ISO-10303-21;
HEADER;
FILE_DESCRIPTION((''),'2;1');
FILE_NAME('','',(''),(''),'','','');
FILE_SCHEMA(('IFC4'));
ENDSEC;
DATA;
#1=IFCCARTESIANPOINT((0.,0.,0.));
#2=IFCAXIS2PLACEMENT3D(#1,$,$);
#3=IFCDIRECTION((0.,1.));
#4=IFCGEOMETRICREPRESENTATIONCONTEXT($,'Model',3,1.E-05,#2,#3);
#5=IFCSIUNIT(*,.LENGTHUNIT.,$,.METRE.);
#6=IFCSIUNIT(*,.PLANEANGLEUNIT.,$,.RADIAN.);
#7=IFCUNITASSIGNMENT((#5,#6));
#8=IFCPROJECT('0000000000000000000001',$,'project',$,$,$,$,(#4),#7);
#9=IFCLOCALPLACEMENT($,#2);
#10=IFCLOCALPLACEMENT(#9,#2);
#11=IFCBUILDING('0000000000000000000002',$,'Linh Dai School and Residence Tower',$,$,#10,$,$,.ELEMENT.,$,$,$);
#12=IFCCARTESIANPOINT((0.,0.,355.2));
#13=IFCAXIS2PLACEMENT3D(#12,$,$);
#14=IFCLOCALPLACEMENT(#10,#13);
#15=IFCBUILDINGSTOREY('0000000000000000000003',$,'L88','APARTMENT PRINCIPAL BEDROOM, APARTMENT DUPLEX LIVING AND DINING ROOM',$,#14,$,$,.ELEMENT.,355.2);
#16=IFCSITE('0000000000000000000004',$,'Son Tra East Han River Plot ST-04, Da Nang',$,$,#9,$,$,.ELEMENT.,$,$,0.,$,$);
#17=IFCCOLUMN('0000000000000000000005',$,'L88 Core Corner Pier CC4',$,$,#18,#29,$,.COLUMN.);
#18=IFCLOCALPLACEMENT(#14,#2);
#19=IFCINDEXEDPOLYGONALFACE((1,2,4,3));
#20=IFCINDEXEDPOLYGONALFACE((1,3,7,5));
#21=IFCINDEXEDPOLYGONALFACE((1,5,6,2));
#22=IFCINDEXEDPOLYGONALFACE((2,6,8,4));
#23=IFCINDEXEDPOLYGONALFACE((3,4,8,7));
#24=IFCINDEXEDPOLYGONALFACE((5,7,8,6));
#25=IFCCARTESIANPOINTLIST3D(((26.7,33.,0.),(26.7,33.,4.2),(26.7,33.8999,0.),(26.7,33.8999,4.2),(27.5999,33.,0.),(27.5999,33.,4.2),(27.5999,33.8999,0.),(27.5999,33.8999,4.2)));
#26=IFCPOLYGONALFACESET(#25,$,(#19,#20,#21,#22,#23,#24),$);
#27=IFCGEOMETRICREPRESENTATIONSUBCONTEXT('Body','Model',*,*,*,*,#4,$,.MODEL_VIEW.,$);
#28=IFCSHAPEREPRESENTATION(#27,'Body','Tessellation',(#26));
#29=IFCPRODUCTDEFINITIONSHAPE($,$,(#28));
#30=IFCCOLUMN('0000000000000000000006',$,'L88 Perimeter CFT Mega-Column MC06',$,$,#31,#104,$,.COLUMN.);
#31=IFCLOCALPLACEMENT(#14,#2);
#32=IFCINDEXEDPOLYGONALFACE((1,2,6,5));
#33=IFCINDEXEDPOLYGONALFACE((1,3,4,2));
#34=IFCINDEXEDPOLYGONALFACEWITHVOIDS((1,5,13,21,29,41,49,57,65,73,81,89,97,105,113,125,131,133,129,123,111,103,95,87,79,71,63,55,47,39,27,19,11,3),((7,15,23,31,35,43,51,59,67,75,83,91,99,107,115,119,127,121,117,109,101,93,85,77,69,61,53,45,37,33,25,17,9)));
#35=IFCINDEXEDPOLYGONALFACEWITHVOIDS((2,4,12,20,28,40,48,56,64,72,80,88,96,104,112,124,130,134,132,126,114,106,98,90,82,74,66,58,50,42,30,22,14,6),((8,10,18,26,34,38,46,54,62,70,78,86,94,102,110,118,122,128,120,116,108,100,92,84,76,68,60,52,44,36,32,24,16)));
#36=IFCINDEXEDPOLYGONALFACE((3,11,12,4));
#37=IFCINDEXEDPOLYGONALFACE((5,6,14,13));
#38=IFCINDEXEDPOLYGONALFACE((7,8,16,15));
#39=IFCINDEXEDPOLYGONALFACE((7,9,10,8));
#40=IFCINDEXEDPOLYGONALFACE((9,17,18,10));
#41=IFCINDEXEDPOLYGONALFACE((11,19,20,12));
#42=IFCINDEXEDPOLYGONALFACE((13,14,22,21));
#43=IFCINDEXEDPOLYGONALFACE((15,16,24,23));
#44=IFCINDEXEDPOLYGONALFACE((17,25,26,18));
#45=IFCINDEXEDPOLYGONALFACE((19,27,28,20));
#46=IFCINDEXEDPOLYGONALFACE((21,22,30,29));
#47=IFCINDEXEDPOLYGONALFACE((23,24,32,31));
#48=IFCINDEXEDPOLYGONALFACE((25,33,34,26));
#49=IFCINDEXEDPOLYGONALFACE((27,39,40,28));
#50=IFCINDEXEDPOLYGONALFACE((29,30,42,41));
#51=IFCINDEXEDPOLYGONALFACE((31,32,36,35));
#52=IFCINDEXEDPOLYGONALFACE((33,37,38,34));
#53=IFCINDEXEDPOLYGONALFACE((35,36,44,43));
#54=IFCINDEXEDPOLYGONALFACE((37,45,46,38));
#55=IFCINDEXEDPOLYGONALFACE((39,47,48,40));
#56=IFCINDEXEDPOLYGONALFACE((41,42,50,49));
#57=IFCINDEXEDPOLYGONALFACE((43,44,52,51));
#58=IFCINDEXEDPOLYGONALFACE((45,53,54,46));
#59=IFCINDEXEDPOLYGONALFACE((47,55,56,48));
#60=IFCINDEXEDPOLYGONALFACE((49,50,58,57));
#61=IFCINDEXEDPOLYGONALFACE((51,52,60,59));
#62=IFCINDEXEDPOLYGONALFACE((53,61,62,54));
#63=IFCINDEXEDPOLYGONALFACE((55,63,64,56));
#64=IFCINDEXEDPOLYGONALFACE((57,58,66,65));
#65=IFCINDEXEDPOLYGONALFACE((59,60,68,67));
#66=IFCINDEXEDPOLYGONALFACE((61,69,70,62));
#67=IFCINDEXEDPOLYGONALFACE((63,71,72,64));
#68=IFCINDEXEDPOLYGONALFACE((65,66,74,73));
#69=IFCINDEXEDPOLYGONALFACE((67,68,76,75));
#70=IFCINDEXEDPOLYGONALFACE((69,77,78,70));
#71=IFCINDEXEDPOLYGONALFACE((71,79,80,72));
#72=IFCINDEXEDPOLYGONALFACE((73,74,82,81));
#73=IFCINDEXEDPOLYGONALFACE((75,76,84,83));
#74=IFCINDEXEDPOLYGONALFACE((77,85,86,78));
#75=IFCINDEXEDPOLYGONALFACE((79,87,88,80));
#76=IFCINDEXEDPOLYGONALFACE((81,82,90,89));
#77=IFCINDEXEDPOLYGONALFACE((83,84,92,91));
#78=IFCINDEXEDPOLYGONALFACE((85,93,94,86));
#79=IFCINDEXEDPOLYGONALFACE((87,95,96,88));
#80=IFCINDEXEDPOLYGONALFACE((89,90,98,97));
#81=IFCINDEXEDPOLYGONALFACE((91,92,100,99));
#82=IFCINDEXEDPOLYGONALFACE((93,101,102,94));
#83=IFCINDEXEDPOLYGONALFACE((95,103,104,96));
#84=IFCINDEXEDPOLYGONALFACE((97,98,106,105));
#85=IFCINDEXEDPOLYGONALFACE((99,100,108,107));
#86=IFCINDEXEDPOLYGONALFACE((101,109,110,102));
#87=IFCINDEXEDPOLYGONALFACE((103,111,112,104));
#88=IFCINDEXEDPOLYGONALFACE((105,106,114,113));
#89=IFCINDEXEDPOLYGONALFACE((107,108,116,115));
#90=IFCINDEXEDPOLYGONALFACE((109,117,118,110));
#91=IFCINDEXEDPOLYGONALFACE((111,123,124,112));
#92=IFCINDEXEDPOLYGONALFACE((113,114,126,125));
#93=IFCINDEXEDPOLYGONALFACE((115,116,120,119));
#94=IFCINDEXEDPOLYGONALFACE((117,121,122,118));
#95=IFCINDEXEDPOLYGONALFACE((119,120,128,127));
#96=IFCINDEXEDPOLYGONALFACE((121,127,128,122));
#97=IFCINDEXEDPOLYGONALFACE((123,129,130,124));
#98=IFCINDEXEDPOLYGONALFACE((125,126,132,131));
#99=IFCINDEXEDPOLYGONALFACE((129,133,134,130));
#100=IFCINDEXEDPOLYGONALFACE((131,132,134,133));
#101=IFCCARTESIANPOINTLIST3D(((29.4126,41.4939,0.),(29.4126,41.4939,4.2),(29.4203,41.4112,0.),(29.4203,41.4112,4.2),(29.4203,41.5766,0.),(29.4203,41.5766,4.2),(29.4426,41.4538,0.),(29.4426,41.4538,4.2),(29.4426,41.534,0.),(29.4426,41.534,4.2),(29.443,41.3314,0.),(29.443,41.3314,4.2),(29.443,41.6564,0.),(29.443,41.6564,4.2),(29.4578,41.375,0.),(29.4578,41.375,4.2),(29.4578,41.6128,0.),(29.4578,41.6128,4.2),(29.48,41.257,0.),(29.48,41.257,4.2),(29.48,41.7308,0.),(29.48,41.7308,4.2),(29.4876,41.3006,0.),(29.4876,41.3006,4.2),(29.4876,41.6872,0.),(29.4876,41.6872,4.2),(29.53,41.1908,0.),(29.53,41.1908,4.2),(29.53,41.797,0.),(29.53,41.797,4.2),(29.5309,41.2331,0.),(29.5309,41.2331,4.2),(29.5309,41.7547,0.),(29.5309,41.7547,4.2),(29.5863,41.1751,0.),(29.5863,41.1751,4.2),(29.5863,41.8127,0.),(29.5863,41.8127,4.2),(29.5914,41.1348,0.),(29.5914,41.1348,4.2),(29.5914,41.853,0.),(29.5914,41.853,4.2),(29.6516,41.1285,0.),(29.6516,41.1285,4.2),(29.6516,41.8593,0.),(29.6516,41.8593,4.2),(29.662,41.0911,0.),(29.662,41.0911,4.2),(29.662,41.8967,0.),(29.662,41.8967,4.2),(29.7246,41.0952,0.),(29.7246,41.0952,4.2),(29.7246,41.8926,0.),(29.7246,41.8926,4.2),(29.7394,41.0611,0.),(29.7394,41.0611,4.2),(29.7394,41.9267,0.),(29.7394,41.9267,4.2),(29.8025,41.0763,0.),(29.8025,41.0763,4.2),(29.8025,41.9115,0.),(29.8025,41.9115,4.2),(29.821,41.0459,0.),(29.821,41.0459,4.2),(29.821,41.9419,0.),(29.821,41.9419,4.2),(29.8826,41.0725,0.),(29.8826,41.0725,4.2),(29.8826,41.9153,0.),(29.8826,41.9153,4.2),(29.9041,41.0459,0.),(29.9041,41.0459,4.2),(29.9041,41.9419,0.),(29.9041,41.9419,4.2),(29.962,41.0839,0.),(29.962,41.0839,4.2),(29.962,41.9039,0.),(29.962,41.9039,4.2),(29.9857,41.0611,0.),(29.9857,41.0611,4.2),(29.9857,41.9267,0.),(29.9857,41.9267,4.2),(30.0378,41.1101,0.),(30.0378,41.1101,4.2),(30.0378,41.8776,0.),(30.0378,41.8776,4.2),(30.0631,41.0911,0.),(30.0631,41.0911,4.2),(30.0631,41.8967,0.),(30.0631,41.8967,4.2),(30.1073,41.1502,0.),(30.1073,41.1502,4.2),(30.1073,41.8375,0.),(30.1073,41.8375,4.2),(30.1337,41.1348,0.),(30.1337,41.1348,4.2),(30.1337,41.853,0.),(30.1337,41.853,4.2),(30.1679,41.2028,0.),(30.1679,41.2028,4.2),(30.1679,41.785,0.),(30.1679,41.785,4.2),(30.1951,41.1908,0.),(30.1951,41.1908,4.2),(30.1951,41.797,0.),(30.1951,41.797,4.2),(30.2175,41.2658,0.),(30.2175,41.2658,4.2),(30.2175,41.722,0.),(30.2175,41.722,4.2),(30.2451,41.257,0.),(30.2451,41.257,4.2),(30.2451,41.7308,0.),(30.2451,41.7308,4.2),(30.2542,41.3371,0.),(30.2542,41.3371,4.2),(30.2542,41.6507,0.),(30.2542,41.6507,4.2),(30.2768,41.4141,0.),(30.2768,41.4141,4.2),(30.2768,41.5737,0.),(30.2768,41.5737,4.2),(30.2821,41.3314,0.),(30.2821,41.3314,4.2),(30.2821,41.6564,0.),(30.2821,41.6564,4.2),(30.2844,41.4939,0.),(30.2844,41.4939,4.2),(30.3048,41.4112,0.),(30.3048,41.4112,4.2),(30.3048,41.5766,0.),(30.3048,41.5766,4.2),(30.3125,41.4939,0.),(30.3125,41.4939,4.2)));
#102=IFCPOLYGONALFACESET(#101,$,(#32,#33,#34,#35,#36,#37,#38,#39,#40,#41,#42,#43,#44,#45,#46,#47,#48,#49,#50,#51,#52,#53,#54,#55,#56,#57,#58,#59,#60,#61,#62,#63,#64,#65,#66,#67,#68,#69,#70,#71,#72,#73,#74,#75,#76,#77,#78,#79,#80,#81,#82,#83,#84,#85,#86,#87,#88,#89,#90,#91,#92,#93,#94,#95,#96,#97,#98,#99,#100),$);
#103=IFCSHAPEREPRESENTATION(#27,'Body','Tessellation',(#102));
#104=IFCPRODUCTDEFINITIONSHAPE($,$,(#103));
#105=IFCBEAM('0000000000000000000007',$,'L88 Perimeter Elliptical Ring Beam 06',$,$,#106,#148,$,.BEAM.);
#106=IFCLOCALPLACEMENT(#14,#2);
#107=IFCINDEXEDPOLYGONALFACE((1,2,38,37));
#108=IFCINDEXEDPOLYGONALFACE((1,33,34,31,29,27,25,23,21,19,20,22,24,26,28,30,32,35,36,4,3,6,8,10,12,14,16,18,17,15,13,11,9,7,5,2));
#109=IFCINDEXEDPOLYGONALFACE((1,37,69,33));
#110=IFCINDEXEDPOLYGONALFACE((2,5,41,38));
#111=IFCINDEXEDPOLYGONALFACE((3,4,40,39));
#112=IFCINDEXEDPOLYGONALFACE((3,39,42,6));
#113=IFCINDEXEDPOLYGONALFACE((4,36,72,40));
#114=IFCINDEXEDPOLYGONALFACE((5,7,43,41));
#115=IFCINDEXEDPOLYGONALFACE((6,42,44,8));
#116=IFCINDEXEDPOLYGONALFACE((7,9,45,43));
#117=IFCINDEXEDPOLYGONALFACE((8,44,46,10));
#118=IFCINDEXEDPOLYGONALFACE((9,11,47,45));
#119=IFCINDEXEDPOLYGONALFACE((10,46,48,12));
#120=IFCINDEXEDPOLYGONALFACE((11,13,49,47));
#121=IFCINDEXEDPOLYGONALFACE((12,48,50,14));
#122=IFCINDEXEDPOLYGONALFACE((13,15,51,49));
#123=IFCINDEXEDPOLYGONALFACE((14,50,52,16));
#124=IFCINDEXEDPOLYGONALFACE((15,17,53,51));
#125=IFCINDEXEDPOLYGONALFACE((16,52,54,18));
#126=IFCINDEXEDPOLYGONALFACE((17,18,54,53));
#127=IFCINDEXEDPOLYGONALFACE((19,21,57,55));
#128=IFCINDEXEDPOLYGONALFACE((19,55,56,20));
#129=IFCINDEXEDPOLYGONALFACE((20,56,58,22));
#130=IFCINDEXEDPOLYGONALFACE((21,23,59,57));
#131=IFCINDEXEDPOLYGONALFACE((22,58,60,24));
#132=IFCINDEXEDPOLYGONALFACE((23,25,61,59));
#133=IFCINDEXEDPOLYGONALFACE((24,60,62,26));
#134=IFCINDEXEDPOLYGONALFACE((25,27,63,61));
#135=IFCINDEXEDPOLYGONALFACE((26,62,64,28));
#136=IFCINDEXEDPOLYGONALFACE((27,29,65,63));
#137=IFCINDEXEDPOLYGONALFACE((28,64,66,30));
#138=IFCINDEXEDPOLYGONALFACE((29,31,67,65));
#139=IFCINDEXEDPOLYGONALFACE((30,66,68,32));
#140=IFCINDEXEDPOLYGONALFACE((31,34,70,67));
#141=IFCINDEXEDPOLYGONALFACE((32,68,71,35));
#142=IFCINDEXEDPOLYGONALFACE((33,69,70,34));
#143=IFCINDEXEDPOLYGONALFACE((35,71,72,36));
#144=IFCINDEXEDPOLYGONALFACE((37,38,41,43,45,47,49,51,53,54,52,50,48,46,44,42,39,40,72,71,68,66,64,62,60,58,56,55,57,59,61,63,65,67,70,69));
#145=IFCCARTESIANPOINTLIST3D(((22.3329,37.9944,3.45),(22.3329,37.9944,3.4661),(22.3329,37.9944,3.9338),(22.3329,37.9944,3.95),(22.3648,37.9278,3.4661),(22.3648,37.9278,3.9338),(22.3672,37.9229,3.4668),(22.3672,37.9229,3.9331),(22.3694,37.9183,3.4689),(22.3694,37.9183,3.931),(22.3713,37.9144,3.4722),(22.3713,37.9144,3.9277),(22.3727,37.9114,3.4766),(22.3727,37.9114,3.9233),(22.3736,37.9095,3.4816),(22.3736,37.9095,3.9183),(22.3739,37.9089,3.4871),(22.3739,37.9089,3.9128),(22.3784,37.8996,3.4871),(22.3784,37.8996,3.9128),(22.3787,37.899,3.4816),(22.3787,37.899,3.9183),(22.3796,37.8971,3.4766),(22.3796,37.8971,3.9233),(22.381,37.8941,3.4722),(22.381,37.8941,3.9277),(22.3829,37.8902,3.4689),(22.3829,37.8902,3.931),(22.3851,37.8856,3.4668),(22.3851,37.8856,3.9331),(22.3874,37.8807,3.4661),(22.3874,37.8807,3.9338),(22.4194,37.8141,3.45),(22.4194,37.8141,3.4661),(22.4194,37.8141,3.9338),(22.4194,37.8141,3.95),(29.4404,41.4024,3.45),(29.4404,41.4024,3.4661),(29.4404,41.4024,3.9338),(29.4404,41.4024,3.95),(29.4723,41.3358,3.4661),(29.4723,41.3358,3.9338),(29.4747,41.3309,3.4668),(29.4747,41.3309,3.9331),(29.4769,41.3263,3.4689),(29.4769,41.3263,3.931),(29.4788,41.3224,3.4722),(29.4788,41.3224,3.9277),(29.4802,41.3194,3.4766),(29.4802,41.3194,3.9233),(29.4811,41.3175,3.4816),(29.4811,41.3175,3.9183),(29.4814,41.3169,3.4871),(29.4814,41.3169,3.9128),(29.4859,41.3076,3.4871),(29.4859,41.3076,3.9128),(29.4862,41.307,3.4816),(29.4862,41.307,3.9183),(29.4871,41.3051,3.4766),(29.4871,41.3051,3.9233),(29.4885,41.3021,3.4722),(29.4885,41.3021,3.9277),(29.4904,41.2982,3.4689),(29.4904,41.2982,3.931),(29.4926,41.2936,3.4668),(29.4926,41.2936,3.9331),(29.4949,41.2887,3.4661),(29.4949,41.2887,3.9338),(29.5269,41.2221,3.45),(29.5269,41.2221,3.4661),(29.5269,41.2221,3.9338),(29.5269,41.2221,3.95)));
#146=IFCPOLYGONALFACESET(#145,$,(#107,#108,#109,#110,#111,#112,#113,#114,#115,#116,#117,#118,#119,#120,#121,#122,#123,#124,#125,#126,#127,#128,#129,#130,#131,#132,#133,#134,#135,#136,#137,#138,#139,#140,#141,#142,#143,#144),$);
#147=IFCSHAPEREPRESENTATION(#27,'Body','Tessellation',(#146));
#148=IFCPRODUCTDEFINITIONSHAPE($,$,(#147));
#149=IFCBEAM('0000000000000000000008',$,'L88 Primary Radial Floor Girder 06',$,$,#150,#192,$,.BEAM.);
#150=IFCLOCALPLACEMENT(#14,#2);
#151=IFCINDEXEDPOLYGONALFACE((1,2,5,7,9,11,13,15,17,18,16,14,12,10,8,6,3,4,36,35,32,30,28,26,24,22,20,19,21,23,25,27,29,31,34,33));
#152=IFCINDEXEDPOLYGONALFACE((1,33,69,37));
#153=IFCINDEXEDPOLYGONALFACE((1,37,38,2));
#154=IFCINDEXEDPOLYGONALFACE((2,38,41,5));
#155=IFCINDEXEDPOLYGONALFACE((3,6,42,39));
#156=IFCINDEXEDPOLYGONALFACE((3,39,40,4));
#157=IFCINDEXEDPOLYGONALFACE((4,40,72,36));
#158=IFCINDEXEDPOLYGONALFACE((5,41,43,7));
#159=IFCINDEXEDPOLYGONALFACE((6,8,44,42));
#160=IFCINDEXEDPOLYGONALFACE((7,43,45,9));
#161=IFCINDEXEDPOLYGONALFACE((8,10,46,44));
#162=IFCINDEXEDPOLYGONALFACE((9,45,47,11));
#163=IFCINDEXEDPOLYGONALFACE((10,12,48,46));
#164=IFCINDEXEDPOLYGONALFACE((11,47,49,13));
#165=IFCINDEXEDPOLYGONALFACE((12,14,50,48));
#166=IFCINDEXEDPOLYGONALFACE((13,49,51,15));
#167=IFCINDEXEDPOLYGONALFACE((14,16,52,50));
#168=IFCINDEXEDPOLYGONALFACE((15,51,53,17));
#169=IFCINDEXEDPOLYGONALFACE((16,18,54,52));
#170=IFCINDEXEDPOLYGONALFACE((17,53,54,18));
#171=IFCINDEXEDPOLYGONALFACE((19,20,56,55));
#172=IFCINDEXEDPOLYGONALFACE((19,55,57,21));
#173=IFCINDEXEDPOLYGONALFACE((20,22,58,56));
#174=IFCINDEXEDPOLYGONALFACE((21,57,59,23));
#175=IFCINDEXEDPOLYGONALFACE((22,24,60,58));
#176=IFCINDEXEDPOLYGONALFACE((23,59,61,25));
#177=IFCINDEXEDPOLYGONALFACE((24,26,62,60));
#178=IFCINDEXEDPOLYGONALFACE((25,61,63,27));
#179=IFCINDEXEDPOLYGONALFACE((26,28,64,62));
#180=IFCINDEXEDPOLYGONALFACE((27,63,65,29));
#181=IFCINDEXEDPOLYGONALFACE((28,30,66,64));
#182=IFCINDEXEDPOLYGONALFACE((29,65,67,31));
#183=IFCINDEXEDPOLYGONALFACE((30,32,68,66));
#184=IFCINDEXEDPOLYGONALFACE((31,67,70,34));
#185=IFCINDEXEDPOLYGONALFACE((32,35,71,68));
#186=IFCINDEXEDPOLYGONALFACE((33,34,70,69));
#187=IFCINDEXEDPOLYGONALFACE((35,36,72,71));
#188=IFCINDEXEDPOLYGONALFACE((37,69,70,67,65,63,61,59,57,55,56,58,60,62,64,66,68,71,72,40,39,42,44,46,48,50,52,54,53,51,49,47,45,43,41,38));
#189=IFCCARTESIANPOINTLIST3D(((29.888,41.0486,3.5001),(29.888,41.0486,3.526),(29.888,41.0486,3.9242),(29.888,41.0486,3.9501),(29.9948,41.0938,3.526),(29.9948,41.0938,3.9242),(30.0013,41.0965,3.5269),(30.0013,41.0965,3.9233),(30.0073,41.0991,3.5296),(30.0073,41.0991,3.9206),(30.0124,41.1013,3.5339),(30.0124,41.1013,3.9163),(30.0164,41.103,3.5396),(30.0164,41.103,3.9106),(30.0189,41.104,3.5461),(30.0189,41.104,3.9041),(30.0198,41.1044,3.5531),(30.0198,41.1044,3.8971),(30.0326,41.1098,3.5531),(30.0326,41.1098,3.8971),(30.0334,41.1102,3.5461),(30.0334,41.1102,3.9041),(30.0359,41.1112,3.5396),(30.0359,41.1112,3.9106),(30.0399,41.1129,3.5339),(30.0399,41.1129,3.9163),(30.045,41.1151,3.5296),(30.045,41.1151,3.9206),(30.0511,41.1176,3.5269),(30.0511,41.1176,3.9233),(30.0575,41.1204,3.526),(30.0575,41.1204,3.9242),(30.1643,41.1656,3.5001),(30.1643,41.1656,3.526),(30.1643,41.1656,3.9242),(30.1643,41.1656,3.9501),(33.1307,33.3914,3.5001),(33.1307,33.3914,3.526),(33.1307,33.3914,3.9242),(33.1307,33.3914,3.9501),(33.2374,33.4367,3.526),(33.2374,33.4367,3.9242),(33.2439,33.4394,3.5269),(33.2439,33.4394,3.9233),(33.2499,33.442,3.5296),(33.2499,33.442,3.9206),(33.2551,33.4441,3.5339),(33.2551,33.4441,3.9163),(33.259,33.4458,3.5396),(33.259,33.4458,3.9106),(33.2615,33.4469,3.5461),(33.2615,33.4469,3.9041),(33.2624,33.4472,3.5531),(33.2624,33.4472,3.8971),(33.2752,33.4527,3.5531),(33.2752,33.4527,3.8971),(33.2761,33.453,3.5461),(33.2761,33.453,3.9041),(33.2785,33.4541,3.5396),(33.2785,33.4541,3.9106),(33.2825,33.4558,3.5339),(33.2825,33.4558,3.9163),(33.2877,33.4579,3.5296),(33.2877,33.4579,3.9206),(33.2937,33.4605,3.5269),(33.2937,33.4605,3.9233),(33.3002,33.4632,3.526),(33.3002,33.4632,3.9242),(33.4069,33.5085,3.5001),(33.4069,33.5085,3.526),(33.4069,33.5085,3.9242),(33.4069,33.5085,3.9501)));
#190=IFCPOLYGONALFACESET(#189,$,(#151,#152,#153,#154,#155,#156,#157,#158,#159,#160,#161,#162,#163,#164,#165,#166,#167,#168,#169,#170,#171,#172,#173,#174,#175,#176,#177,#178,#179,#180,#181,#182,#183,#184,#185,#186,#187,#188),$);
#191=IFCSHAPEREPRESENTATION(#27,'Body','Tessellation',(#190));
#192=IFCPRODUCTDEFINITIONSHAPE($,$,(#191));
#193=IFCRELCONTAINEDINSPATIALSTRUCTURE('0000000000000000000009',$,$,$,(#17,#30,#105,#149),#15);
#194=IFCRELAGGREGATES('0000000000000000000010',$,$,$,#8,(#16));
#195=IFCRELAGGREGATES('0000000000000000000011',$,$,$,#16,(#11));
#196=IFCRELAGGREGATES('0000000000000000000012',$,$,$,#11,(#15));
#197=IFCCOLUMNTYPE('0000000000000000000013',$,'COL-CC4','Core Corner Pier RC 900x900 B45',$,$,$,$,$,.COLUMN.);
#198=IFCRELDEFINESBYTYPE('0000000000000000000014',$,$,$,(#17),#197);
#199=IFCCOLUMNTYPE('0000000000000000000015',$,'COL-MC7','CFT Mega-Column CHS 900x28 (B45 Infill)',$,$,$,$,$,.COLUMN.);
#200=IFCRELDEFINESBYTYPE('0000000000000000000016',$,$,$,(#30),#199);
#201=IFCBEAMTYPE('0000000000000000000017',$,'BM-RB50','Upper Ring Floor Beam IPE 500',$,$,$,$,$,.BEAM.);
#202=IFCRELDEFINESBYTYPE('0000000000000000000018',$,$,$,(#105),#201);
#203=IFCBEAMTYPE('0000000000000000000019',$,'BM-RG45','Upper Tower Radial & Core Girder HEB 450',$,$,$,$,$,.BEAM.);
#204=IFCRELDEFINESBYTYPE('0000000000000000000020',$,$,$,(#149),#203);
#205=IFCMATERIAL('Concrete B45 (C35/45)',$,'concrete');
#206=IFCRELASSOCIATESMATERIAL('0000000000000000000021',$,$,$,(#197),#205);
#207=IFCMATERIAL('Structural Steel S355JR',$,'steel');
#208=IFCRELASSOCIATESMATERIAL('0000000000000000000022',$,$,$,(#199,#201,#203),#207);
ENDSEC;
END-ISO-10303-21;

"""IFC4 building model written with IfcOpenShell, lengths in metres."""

from ifc_helpers import new_model, si_unit, direction, frame, origin, origin_2d, place, context, subcontext, project, spatial, rectangle, hollow_circle, i_section, extrude, material, material_profile, profile_set, type_object, element, save


model = new_model("IFC4")

# Units and contexts
model_context = context("Model", 3, precision=1e-05, world=origin(), true_north=direction((0.0, 1.0)))
body_context = subcontext(model_context, "Body", "Model", "MODEL_VIEW")
ifc_project = project(units=[si_unit("LENGTHUNIT", "METRE"), si_unit("PLANEANGLEUNIT", "RADIAN")], contexts=[model_context])

# Site, building, storey
site_placement = place(None, origin())
site = spatial("IfcSite", under=ifc_project, at=site_placement, Name="Son Tra East Han River Plot ST-04, Da Nang", CompositionType="ELEMENT", RefElevation=0.0)
building_placement = place(site_placement, origin())
building = spatial("IfcBuilding", under=site, at=building_placement, Name="Linh Dai School and Residence Tower", CompositionType="ELEMENT")
storey_placement = place(building_placement, frame((0.0, 0.0, 355.2)))
storey = spatial("IfcBuildingStorey", under=building, at=storey_placement, Name="L88", Description="APARTMENT PRINCIPAL BEDROOM, APARTMENT DUPLEX LIVING AND DINING ROOM", CompositionType="ELEMENT", Elevation=355.2)

# Columns
ifc_material_1 = material(Name="Concrete B45 (C35/45)", Category="concrete")
ifc_material_profile_1 = material_profile(ifc_material_1, rectangle(XDim=0.8999, YDim=0.8999, at=origin_2d()), Name="RC 900x900")
ifc_profile_set_1 = profile_set([ifc_material_profile_1], Name="Concrete B45 (C35/45)")
column_type_1 = type_object("IfcColumnType", Name="COL-CC4", Description="Core Corner Pier RC 900x900 B45", PredefinedType="COLUMN", material=ifc_profile_set_1)
column_1_placement = place(storey_placement, frame((27.1499, 33.45, 0.0), z_axis=(0.0, 0.0, 1.0), x_axis=(1.0, 0.0, 0.0)))
element("IfcColumn", 1, at=column_1_placement, inside=storey, type_object=column_type_1, Name="L88 Core Corner Pier CC4", PredefinedType="COLUMN", context=body_context, shape_type="SweptSolid", body=[
    extrude(rectangle(XDim=0.8999, YDim=0.8999, at=origin_2d()), origin(), (0.0, 0.0, 1.0), 4.2),
])
ifc_material_2 = material(Name="Structural Steel S355JR", Category="steel")
ifc_material_profile_2 = material_profile(ifc_material_2, hollow_circle(Radius=0.45, WallThickness=0.0281, at=origin_2d()), Name="CHS 900x28")
ifc_profile_set_2 = profile_set([ifc_material_profile_2], Name="Structural Steel S355JR")
column_type_2 = type_object("IfcColumnType", Name="COL-MC7", Description="CFT Mega-Column CHS 900x28 (B45 Infill)", PredefinedType="COLUMN", material=ifc_profile_set_2)
column_2_placement = place(storey_placement, frame((29.8625, 41.4939, 0.0), z_axis=(0.0, 0.0, 1.0), x_axis=(1.0, 0.0, 0.0)))
element("IfcColumn", 2, at=column_2_placement, inside=storey, type_object=column_type_2, Name="L88 Perimeter CFT Mega-Column MC06", PredefinedType="COLUMN", context=body_context, shape_type="SweptSolid", body=[
    extrude(hollow_circle(Radius=0.45, WallThickness=0.0281, at=origin_2d()), origin(), (0.0, 0.0, 1.0), 4.2),
])

# Beams
ifc_material_profile_3 = material_profile(ifc_material_2, i_section(OverallWidth=0.2, OverallDepth=0.5, WebThickness=0.0103, FlangeThickness=0.0161, FilletRadius=0.021, at=origin_2d()), Name="IPE 500")
ifc_profile_set_3 = profile_set([ifc_material_profile_3], Name="Structural Steel S355JR")
beam_type_1 = type_object("IfcBeamType", Name="BM-RB50", Description="Upper Ring Floor Beam IPE 500", PredefinedType="BEAM", material=ifc_profile_set_3)
beam_1_placement = place(storey_placement, frame((29.4836, 41.3123, 3.7), z_axis=(-0.901701, -0.432359, 0.0), x_axis=(0.432359, -0.901701, 0.0)))
element("IfcBeam", 3, at=beam_1_placement, inside=storey, type_object=beam_type_1, Name="L88 Perimeter Elliptical Ring Beam 06", PredefinedType="BEAM", context=body_context, shape_type="SweptSolid", body=[
    extrude(i_section(OverallWidth=0.2, OverallDepth=0.5, WebThickness=0.0103, FlangeThickness=0.0161, FilletRadius=0.021, at=origin_2d()), origin(), (0.0, 0.0, 1.0), 7.8823),
])
ifc_material_profile_4 = material_profile(ifc_material_2, i_section(OverallWidth=0.3, OverallDepth=0.45, WebThickness=0.0139, FlangeThickness=0.0259, FilletRadius=0.0271, at=origin_2d()), Name="HEB 450")
ifc_profile_set_4 = profile_set([ifc_material_profile_4], Name="Structural Steel S355JR")
beam_type_2 = type_object("IfcBeamType", Name="BM-RG45", Description="Upper Tower Radial & Core Girder HEB 450", PredefinedType="BEAM", material=ifc_profile_set_4)
beam_2_placement = place(storey_placement, frame((33.2688, 33.45, 3.7251), z_axis=(-0.389954, 0.920834, 0.0), x_axis=(-0.920834, -0.389954, 0.0)))
element("IfcBeam", 4, at=beam_2_placement, inside=storey, type_object=beam_type_2, Name="L88 Primary Radial Floor Girder 06", PredefinedType="BEAM", context=body_context, shape_type="SweptSolid", body=[
    extrude(i_section(OverallWidth=0.3, OverallDepth=0.45, WebThickness=0.0139, FlangeThickness=0.0259, FilletRadius=0.0271, at=origin_2d()), origin(), (0.0, 0.0, 1.0), 8.3154),
])

save(model, "model.ifc")
